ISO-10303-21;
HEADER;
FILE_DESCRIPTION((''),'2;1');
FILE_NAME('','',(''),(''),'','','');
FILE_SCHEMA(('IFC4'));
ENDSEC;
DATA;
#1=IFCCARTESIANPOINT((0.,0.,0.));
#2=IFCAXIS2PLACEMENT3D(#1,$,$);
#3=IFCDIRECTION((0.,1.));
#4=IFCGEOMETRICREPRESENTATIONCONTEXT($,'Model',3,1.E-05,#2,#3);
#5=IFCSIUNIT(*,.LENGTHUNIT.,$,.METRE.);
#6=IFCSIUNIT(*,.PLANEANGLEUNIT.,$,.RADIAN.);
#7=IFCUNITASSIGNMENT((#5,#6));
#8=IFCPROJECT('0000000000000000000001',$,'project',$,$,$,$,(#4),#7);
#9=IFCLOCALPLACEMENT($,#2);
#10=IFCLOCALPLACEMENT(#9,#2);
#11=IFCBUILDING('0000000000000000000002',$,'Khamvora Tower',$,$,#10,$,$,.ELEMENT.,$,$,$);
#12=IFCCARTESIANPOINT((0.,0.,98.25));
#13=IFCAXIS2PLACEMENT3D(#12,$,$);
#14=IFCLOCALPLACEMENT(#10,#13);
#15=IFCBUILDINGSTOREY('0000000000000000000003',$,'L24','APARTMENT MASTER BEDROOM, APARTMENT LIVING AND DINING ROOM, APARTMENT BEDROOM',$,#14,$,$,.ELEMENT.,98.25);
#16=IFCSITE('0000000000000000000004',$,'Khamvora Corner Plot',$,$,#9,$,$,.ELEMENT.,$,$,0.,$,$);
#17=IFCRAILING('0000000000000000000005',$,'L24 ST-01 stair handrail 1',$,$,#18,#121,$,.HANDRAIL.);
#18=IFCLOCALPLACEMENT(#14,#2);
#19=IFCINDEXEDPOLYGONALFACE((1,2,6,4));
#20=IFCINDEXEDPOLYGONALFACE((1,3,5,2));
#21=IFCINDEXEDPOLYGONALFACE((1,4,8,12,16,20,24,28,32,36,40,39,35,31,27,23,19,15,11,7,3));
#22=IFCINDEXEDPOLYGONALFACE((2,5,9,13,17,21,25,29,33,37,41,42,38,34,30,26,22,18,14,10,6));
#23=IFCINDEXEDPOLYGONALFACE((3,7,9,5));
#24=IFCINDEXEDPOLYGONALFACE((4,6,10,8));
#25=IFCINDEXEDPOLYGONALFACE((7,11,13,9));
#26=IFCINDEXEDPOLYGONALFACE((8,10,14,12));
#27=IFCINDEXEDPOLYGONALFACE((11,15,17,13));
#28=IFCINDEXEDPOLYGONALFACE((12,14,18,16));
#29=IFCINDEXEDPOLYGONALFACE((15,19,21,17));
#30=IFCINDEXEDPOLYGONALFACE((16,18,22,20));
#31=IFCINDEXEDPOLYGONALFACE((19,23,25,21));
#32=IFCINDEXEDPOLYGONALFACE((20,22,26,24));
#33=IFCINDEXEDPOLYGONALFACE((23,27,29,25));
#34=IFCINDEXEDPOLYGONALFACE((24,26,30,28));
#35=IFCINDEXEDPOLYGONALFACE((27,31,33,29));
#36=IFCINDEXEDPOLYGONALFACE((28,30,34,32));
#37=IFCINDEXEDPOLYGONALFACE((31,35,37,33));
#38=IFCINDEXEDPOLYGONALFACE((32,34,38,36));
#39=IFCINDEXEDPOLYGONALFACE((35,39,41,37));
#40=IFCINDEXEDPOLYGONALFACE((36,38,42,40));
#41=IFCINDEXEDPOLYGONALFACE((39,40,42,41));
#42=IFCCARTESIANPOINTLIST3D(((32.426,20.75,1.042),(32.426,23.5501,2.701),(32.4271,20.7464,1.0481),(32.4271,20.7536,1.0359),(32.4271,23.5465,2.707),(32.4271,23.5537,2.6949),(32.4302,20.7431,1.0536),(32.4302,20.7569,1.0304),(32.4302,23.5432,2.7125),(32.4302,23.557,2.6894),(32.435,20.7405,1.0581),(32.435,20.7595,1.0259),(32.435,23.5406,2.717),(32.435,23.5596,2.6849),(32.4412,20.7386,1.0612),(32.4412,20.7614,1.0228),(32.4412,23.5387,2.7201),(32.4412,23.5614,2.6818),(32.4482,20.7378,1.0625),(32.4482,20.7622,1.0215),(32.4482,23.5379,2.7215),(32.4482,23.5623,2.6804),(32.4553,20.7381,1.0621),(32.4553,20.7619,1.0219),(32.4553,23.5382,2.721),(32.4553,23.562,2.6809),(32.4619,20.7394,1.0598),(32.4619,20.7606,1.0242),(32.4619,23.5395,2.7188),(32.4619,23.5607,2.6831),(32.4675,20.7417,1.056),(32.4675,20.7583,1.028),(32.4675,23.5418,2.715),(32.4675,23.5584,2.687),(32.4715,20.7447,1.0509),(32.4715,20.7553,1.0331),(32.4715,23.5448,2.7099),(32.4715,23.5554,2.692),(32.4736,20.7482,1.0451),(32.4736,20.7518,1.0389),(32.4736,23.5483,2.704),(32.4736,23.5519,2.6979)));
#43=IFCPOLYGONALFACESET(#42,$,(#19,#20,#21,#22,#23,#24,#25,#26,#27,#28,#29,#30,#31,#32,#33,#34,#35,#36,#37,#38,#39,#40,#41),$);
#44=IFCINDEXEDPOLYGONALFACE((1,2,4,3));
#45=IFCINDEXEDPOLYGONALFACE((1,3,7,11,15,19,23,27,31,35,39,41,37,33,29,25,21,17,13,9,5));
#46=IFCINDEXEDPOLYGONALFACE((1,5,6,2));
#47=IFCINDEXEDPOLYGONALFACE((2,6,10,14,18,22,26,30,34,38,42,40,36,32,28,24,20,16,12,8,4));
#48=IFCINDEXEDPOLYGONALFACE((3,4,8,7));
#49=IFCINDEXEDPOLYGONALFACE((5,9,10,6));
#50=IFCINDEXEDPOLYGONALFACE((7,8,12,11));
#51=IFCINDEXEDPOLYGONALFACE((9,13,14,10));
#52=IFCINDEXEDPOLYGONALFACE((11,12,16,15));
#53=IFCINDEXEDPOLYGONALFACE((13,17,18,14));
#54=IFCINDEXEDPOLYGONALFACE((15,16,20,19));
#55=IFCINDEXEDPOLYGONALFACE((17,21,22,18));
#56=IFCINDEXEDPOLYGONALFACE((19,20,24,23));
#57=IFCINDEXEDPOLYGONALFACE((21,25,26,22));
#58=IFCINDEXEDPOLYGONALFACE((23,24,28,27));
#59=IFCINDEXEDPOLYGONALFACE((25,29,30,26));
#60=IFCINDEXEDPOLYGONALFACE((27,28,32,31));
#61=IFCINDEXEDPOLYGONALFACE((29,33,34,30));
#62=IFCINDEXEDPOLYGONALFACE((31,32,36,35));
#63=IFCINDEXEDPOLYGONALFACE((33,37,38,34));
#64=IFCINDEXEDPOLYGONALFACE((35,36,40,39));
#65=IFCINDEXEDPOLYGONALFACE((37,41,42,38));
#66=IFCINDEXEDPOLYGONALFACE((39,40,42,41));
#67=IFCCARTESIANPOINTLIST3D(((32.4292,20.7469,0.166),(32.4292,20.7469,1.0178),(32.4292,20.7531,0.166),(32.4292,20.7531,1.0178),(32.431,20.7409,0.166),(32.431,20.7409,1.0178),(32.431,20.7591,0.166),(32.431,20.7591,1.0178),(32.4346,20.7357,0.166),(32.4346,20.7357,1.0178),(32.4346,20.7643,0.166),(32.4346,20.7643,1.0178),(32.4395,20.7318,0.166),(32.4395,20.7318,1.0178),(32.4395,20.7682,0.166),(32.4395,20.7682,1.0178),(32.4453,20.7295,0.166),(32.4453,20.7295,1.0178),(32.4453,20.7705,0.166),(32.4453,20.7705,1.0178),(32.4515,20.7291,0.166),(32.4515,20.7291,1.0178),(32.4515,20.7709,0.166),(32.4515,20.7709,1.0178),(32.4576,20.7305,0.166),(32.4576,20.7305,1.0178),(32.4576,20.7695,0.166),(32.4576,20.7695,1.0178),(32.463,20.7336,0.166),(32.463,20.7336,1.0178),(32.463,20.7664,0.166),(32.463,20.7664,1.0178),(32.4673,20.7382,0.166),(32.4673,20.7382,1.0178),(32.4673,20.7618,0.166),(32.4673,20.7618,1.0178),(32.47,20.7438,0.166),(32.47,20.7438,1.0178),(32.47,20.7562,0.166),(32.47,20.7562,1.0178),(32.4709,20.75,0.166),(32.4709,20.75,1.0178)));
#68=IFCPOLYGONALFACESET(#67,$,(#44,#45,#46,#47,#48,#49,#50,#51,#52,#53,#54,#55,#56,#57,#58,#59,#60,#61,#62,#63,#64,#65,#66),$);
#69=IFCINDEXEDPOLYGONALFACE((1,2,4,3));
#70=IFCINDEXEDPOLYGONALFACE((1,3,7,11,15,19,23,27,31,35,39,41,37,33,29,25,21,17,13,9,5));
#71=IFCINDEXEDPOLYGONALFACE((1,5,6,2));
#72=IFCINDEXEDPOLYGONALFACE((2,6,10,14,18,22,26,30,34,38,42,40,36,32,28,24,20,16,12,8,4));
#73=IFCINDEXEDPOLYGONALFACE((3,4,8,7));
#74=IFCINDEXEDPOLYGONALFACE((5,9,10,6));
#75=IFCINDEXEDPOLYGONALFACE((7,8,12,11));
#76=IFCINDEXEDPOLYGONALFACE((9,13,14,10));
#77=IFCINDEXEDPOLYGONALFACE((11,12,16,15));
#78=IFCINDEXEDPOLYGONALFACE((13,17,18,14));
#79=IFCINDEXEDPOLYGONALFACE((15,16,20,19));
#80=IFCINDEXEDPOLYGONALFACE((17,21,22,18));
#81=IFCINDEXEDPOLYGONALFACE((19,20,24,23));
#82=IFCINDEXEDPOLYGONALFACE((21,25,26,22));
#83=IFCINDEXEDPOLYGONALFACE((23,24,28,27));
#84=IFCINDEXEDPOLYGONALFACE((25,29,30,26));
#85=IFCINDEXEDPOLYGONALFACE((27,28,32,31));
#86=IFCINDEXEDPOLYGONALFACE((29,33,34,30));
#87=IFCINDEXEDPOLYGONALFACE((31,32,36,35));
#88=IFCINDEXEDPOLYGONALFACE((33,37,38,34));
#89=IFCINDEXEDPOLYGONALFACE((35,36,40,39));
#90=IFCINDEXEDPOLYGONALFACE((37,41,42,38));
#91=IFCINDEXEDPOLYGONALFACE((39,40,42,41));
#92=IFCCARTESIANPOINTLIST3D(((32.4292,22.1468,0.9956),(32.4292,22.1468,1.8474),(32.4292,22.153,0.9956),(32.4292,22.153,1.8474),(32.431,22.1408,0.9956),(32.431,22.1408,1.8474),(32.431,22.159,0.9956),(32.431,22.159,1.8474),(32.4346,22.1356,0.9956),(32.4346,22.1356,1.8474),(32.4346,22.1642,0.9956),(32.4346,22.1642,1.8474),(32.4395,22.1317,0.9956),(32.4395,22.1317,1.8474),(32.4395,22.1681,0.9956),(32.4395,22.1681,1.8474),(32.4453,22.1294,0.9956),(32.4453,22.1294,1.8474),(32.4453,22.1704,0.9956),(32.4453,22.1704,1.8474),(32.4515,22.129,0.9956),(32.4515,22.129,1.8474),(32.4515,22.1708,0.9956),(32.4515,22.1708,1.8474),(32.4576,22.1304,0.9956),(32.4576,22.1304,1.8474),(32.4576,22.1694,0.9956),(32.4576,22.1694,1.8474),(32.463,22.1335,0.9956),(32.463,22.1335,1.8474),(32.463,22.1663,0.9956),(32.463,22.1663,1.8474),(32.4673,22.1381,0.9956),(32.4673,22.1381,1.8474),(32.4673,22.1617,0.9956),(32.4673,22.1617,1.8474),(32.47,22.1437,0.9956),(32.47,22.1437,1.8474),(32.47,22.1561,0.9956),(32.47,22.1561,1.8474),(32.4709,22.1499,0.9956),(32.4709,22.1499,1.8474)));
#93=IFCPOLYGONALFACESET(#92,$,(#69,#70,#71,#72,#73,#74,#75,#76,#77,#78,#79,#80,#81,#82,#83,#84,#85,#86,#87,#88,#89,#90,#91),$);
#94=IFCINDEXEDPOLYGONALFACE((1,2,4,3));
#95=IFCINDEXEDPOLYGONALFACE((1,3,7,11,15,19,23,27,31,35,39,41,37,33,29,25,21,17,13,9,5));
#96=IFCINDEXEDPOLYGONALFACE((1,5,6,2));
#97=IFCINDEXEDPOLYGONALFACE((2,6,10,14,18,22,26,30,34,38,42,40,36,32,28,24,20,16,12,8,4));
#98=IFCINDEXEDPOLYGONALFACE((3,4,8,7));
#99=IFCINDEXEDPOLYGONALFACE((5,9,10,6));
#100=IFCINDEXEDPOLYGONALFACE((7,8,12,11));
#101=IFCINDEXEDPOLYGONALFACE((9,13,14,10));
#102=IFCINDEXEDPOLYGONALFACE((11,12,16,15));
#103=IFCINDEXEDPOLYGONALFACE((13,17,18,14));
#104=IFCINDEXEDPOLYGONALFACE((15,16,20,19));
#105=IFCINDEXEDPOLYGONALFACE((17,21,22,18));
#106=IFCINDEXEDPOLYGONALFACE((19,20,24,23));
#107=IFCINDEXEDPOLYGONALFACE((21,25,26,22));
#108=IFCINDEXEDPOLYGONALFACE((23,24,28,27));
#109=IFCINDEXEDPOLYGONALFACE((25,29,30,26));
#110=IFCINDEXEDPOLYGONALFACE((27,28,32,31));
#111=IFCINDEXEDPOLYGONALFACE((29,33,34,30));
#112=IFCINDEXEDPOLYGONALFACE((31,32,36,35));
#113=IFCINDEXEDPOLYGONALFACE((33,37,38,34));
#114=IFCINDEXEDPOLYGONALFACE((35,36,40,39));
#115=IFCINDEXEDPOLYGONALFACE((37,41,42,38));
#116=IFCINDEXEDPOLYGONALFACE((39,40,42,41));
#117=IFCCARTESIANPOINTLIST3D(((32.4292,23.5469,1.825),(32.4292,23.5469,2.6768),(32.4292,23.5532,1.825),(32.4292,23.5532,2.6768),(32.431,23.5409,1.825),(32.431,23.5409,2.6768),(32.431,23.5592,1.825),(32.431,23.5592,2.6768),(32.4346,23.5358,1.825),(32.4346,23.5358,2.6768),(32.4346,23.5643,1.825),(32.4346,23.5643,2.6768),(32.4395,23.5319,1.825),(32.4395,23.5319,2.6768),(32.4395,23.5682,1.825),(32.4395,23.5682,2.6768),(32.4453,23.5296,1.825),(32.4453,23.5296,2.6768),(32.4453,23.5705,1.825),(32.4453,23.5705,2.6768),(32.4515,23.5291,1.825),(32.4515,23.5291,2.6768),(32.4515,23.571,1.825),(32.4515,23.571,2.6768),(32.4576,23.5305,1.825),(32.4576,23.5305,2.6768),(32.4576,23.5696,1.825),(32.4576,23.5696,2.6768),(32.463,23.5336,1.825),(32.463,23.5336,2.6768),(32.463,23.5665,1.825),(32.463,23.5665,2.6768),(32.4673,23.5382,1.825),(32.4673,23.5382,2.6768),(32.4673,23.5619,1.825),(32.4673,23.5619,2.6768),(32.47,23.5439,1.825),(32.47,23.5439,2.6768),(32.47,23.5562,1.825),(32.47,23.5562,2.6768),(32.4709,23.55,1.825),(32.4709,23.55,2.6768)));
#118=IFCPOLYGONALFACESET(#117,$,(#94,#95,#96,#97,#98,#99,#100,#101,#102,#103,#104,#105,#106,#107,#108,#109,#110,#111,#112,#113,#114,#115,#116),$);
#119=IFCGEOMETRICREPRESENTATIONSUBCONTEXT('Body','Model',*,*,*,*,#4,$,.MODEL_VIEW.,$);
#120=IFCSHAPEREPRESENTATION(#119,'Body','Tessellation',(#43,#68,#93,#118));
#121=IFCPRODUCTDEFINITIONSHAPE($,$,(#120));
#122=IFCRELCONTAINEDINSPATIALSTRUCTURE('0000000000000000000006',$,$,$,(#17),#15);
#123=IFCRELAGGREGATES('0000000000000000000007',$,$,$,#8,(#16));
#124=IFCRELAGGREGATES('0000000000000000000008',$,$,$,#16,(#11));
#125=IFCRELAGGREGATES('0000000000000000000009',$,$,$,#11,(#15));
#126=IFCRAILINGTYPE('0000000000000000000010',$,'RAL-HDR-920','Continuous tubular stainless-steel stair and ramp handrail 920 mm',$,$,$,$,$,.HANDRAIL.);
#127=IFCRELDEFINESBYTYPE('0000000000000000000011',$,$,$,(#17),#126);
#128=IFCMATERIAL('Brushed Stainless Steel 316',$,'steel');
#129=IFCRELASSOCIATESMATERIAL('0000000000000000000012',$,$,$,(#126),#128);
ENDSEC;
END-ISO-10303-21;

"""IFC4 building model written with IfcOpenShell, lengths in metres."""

from ifc_helpers import new_model, si_unit, direction, frame, origin, origin_2d, place, context, subcontext, project, spatial, circle, extrude, material, type_object, element, save


model = new_model("IFC4")

# Units and contexts
model_context = context("Model", 3, precision=1e-05, world=origin(), true_north=direction((0.0, 1.0)))
body_context = subcontext(model_context, "Body", "Model", "MODEL_VIEW")
ifc_project = project(units=[si_unit("LENGTHUNIT", "METRE"), si_unit("PLANEANGLEUNIT", "RADIAN")], contexts=[model_context])

# Site, building, storey
site_placement = place(None, origin())
site = spatial("IfcSite", under=ifc_project, at=site_placement, Name="Khamvora Corner Plot", CompositionType="ELEMENT", RefElevation=0.0)
building_placement = place(site_placement, origin())
building = spatial("IfcBuilding", under=site, at=building_placement, Name="Khamvora Tower", CompositionType="ELEMENT")
storey_placement = place(building_placement, frame((0.0, 0.0, 98.25)))
storey = spatial("IfcBuildingStorey", under=building, at=storey_placement, Name="L24", Description="APARTMENT MASTER BEDROOM, APARTMENT LIVING AND DINING ROOM, APARTMENT BEDROOM", CompositionType="ELEMENT", Elevation=98.25)

# Railing
ifc_material_1 = material(Name="Brushed Stainless Steel 316", Category="steel")
railing_type_1 = type_object("IfcRailingType", Name="RAL-HDR-920", Description="Continuous tubular stainless-steel stair and ramp handrail 920 mm", PredefinedType="HANDRAIL", material=ifc_material_1)
railing_1_placement = place(storey_placement, frame((32.45, 20.75, 0.166)))
element("IfcRailing", 1, at=railing_1_placement, inside=storey, type_object=railing_type_1, Name="L24 ST-01 stair handrail 1", PredefinedType="HANDRAIL", context=body_context, shape_type="SweptSolid", body=[
    extrude(circle(Radius=0.0239, at=origin_2d()), frame((0.0, 0.0, 0.876), z_axis=(0.0, 0.860339, 0.509722), x_axis=(-1.0, 0.0, 0.0)), (0.0, 0.0, 1.0), 3.2546),
    extrude(circle(Radius=0.021, at=origin_2d()), origin(), (0.0, 0.0, 1.0), 0.8518),
    extrude(circle(Radius=0.021, at=origin_2d()), frame((0.0, 1.3999, 0.8296)), (0.0, 0.0, 1.0), 0.8518),
    extrude(circle(Radius=0.021, at=origin_2d()), frame((0.0, 2.8, 1.6589)), (0.0, 0.0, 1.0), 0.8518),
])

save(model, "model.ifc")
